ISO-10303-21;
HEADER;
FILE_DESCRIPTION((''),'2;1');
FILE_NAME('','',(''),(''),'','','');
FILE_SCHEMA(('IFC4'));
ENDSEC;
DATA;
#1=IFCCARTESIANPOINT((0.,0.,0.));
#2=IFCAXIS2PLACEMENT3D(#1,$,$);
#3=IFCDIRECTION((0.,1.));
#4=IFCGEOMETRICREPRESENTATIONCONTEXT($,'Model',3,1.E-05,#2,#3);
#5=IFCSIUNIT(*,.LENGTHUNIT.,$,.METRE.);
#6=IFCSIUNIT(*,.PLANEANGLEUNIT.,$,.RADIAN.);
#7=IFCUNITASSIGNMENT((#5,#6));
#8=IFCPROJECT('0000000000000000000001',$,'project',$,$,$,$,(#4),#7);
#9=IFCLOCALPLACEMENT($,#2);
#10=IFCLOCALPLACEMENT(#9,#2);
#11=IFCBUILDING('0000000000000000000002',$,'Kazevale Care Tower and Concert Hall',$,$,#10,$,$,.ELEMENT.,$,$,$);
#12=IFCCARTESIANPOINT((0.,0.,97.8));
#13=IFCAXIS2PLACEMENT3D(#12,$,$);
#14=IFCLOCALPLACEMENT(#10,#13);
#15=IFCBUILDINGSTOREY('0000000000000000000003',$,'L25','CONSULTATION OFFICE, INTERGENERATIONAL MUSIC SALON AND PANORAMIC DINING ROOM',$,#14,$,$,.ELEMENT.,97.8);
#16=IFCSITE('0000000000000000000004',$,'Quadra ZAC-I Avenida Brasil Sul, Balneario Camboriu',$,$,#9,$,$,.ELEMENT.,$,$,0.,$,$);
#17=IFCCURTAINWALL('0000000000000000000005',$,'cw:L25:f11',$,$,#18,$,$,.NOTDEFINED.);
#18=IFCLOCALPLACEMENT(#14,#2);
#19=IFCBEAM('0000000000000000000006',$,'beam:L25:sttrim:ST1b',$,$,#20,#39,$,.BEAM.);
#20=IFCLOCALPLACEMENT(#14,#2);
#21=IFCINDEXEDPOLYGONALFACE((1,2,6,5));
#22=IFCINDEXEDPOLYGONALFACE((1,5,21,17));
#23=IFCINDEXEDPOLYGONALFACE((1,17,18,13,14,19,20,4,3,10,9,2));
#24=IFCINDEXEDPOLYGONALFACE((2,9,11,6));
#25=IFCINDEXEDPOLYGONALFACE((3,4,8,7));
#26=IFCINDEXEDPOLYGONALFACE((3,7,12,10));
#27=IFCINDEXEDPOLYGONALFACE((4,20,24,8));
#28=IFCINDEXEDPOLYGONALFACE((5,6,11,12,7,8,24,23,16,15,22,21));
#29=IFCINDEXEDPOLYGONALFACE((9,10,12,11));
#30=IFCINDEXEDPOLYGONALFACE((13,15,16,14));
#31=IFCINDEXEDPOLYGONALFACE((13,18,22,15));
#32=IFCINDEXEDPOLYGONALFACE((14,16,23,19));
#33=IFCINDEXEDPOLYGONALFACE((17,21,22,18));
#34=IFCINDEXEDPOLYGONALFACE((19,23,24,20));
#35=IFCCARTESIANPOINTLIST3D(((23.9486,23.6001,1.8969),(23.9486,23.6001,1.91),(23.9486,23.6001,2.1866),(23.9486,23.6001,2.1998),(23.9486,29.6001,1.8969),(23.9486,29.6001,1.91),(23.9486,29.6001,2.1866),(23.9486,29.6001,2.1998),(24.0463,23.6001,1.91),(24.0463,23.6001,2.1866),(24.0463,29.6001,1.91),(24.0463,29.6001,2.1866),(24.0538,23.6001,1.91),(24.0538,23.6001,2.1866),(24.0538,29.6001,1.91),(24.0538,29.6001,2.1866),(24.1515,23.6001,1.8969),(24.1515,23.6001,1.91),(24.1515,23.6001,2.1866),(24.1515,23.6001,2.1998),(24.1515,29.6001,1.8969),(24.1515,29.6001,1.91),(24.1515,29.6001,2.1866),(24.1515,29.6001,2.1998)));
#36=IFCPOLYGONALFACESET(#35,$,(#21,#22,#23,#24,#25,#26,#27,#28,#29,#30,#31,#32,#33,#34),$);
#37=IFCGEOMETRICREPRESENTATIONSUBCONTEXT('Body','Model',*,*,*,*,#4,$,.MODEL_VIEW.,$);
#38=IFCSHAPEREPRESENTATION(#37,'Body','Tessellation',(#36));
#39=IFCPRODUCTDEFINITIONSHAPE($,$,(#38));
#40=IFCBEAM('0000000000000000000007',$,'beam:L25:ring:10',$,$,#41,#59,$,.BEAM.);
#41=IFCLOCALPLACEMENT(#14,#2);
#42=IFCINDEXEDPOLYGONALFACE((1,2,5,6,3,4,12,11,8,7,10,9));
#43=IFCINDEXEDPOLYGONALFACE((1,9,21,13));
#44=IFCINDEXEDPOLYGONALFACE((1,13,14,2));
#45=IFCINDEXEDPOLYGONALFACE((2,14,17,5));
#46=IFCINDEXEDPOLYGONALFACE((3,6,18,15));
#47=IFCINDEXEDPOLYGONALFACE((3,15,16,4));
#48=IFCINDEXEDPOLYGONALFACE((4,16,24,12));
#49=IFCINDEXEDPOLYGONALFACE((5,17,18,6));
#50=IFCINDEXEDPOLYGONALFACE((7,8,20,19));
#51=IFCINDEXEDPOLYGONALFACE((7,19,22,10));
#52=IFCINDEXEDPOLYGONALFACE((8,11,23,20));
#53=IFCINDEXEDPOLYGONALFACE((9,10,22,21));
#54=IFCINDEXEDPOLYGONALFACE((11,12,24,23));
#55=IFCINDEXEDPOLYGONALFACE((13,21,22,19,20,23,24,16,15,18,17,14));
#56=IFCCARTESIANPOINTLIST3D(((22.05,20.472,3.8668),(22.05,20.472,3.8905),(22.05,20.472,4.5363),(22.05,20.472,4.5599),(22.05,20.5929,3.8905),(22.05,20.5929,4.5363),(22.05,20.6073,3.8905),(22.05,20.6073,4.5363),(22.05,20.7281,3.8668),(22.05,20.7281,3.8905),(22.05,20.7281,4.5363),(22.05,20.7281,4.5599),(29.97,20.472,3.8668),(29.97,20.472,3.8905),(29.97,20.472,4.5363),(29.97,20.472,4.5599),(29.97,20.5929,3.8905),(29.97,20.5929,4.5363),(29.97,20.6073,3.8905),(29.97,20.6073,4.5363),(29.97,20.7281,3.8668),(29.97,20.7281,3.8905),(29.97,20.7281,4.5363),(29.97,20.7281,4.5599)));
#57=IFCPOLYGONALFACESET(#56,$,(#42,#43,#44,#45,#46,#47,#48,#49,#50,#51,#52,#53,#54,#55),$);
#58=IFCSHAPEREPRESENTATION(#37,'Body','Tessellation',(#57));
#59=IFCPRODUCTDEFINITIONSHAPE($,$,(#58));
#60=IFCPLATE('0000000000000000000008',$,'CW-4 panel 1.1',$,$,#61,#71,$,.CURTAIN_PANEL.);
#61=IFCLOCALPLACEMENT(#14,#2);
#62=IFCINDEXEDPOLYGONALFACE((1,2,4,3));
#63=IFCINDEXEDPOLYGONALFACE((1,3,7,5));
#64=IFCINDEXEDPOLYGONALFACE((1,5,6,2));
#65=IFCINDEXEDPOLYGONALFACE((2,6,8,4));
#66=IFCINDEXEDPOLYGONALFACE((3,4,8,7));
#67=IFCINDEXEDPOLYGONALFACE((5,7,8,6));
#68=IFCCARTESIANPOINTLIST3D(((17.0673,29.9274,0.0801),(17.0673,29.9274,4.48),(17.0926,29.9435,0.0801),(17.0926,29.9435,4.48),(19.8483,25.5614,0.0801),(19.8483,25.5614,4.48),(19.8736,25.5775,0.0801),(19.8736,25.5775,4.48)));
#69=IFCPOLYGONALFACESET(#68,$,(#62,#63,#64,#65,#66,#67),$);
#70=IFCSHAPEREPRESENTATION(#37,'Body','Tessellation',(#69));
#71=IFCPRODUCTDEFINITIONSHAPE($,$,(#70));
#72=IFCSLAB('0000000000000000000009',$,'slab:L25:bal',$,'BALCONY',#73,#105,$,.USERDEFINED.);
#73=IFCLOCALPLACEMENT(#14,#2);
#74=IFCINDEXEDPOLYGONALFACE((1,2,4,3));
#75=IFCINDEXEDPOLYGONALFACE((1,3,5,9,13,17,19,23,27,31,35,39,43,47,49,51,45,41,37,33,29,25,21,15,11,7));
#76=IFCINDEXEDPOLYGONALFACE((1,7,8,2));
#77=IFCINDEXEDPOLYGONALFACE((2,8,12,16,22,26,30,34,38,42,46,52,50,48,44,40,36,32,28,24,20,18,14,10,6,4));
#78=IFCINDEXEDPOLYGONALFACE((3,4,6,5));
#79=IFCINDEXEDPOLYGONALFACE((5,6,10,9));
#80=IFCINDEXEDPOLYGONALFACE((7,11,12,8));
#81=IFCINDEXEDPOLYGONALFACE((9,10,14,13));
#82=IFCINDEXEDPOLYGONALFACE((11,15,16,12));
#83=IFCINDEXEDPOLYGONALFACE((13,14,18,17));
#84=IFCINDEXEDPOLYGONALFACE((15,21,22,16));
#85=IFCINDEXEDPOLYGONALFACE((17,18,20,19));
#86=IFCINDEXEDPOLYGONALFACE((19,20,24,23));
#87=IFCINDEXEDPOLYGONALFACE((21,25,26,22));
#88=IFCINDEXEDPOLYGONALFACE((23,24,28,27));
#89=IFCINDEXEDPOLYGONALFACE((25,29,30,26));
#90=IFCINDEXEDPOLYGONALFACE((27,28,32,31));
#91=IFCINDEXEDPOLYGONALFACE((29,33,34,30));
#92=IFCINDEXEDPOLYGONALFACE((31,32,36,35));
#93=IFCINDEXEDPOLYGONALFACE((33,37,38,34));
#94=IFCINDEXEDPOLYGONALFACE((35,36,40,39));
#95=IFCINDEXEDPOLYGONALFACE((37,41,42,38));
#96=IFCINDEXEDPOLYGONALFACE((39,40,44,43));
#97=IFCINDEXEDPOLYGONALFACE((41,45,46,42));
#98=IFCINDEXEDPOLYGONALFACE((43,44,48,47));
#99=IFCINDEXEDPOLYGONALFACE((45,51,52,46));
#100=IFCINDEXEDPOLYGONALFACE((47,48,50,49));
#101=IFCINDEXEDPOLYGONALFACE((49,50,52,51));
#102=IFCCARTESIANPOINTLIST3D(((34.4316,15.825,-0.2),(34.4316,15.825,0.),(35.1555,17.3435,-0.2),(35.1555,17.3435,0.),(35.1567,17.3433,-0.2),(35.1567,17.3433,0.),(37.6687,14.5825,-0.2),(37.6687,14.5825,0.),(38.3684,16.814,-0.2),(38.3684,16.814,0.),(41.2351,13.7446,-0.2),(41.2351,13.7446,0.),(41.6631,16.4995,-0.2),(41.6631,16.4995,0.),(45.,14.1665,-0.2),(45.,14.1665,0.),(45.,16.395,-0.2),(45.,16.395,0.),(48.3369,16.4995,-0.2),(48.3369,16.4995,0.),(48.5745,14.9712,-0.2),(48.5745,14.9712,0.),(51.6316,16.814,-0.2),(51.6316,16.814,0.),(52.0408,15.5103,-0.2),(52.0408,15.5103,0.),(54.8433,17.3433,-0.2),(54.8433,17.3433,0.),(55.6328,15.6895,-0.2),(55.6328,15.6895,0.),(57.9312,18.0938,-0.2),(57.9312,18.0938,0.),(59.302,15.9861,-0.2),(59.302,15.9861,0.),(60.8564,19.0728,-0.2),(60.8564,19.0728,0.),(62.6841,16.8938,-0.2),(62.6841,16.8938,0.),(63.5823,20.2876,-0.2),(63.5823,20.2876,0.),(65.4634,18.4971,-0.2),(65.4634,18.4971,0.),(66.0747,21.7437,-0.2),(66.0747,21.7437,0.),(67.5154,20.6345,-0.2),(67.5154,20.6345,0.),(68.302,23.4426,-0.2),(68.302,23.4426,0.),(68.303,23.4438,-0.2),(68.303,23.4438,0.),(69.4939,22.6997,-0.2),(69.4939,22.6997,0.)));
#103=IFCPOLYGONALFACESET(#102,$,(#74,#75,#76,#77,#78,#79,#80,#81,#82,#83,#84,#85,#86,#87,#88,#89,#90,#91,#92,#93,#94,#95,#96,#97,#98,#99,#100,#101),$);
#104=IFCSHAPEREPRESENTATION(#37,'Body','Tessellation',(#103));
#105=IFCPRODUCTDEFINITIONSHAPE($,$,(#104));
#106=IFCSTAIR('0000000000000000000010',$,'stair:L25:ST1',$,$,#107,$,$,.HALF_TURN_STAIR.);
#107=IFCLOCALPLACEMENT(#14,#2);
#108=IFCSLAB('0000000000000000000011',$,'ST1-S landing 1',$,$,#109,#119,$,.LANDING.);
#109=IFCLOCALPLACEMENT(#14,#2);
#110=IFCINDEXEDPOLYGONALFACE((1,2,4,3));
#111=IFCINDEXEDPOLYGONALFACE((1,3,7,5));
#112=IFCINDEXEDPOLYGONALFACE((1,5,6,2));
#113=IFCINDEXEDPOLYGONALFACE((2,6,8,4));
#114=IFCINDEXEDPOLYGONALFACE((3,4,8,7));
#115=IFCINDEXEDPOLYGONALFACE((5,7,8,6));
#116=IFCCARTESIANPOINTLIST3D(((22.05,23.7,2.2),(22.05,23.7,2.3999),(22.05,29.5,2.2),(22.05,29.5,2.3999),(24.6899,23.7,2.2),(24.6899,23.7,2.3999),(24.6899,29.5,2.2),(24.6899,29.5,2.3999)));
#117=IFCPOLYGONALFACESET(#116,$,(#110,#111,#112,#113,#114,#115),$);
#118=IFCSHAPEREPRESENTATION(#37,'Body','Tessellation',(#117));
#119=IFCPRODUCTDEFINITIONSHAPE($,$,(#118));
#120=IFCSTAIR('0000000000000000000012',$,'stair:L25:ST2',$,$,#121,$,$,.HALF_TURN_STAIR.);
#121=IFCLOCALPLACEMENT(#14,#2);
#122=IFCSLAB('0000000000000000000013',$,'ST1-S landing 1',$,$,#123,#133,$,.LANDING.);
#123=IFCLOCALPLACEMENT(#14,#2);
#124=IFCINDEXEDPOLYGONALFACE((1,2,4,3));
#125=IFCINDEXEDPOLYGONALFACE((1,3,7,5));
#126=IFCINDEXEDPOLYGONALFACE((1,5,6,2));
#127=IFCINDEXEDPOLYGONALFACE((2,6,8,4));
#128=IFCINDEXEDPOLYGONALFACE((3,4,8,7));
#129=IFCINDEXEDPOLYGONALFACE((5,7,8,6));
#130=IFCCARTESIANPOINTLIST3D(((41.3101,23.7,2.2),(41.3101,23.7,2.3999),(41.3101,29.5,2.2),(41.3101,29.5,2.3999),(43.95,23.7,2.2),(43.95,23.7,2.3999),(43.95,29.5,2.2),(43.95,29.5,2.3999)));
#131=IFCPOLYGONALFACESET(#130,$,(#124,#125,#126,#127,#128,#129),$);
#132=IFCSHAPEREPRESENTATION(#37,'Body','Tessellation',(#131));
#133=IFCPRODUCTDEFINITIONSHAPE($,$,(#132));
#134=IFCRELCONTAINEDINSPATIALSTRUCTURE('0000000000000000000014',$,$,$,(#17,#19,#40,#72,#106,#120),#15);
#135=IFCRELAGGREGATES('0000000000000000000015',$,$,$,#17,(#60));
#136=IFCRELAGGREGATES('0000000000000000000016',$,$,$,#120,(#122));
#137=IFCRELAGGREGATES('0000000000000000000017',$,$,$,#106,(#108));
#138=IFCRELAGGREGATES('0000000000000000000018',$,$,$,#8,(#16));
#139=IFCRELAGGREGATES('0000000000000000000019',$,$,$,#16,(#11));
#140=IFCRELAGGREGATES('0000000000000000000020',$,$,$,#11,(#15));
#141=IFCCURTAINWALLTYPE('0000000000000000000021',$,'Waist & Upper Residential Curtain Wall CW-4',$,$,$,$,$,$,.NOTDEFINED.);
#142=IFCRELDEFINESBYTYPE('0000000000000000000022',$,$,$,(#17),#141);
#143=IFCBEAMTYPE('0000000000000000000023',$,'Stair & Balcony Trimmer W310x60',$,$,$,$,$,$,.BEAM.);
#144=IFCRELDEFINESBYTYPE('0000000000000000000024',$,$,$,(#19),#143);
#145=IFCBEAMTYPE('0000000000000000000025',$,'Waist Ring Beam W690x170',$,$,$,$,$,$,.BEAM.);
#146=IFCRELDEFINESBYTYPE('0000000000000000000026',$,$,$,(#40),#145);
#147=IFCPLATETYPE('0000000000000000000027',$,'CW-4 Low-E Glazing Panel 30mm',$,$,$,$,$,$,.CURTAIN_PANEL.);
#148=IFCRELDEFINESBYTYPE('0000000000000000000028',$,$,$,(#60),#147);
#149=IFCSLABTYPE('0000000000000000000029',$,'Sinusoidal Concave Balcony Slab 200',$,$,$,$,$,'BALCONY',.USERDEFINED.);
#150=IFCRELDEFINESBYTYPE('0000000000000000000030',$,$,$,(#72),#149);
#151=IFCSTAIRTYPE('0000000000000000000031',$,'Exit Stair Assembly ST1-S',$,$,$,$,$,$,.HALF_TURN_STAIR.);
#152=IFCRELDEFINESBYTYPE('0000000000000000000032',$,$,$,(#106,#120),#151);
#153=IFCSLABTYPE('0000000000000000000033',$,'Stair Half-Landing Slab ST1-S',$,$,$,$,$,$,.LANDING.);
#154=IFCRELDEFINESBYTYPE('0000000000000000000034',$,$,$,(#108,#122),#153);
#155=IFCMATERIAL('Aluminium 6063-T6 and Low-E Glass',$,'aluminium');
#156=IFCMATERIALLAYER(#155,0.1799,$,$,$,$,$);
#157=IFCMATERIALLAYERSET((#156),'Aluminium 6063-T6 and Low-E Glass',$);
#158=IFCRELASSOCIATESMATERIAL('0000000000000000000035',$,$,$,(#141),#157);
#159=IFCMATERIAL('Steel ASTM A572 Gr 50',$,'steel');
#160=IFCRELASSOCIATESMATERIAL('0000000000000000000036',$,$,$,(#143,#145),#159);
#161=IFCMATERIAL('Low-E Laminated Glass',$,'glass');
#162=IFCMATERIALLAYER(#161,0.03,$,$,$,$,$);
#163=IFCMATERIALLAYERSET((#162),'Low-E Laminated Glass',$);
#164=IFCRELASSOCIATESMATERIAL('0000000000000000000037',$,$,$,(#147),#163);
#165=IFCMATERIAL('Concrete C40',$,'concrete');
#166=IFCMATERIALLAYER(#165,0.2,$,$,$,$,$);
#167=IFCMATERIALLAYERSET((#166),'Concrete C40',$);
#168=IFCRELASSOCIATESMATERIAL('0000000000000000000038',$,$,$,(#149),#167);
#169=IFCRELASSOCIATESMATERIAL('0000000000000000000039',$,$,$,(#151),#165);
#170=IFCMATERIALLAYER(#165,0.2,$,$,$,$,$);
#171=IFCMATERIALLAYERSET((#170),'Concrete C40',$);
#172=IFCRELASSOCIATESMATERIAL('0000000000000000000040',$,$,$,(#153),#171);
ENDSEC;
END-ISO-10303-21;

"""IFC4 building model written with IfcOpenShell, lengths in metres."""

from ifc_helpers import new_model, si_unit, direction, frame, origin, origin_2d, place, context, subcontext, project, spatial, polyline, rectangle, i_section, outline, extrude, material, layer, layer_set, material_profile, profile_set, type_object, element, aggregate, save


model = new_model("IFC4")

# Units and contexts
model_context = context("Model", 3, precision=1e-05, world=origin(), true_north=direction((0.0, 1.0)))
body_context = subcontext(model_context, "Body", "Model", "MODEL_VIEW")
ifc_project = project(units=[si_unit("LENGTHUNIT", "METRE"), si_unit("PLANEANGLEUNIT", "RADIAN")], contexts=[model_context])

# Site, building, storey
site_placement = place(None, origin())
site = spatial("IfcSite", under=ifc_project, at=site_placement, Name="Quadra ZAC-I Avenida Brasil Sul, Balneario Camboriu", CompositionType="ELEMENT", RefElevation=0.0)
building_placement = place(site_placement, origin())
building = spatial("IfcBuilding", under=site, at=building_placement, Name="Kazevale Care Tower and Concert Hall", CompositionType="ELEMENT")
storey_placement = place(building_placement, frame((0.0, 0.0, 97.8)))
storey = spatial("IfcBuildingStorey", under=building, at=storey_placement, Name="L25", Description="CONSULTATION OFFICE, INTERGENERATIONAL MUSIC SALON AND PANORAMIC DINING ROOM", CompositionType="ELEMENT", Elevation=97.8)

# Curtain wall
ifc_material_1 = material(Name="Aluminium 6063-T6 and Low-E Glass", Category="aluminium")
ifc_layer_1 = layer(ifc_material_1, 0.1799)
ifc_layer_set_1 = layer_set([ifc_layer_1], Name="Aluminium 6063-T6 and Low-E Glass")
curtain_wall_type_1 = type_object("IfcCurtainWallType", Name="Waist & Upper Residential Curtain Wall CW-4", PredefinedType="NOTDEFINED", material=ifc_layer_set_1)
curtain_wall_1_placement = place(storey_placement, origin())
curtain_wall_1 = element("IfcCurtainWall", 1, at=curtain_wall_1_placement, inside=storey, type_object=curtain_wall_type_1, Name="cw:L25:f11", PredefinedType="NOTDEFINED")

# Beams
ifc_material_2 = material(Name="Steel ASTM A572 Gr 50", Category="steel")
ifc_material_profile_1 = material_profile(ifc_material_2, i_section(OverallWidth=0.2029, OverallDepth=0.303, WebThickness=0.0076, FlangeThickness=0.0132, at=origin_2d()), Name="W310x60")
ifc_profile_set_1 = profile_set([ifc_material_profile_1], Name="Steel ASTM A572 Gr 50")
beam_type_1 = type_object("IfcBeamType", Name="Stair & Balcony Trimmer W310x60", PredefinedType="BEAM", material=ifc_profile_set_1)
for number, where, z_axis, x_axis, name in (
    (2, (24.05, 23.6001, 2.0483), (0.0, 1.0, 0.0), (-1.0, 0.0, 0.0), "beam:L25:sttrim:ST1b"),
):
    element("IfcBeam", number, at=place(storey_placement, frame(where, z_axis=z_axis, x_axis=x_axis)), inside=storey, type_object=beam_type_1, Name=name, PredefinedType="BEAM", context=body_context, shape_type="SweptSolid", body=[
        extrude(i_section(OverallWidth=0.2029, OverallDepth=0.303, WebThickness=0.0076, FlangeThickness=0.0132, at=origin_2d()), origin(), (0.0, 0.0, 1.0), 6.0),
    ])
ifc_material_profile_2 = material_profile(ifc_material_2, i_section(OverallWidth=0.2561, OverallDepth=0.6931, WebThickness=0.0144, FlangeThickness=0.0237, at=origin_2d()), Name="W690x170")
ifc_profile_set_2 = profile_set([ifc_material_profile_2], Name="Steel ASTM A572 Gr 50")
beam_type_2 = type_object("IfcBeamType", Name="Waist Ring Beam W690x170", PredefinedType="BEAM", material=ifc_profile_set_2)
beam_1_placement = place(storey_placement, frame((22.05, 20.6001, 4.2134), z_axis=(1.0, 0.0, 0.0), x_axis=(0.0, 1.0, 0.0)))
element("IfcBeam", 3, at=beam_1_placement, inside=storey, type_object=beam_type_2, Name="beam:L25:ring:10", PredefinedType="BEAM", context=body_context, shape_type="SweptSolid", body=[
    extrude(i_section(OverallWidth=0.2561, OverallDepth=0.6931, WebThickness=0.0144, FlangeThickness=0.0237, at=origin_2d()), origin(), (0.0, 0.0, 1.0), 7.9199),
])

# Plate
ifc_material_3 = material(Name="Low-E Laminated Glass", Category="glass")
ifc_layer_2 = layer(ifc_material_3, 0.03)
ifc_layer_set_2 = layer_set([ifc_layer_2], Name="Low-E Laminated Glass")
plate_type = type_object("IfcPlateType", Name="CW-4 Low-E Glazing Panel 30mm", PredefinedType="CURTAIN_PANEL", material=ifc_layer_set_2)
plate_placement = place(storey_placement, frame((18.4705, 27.7524, 0.0801), z_axis=(0.0, 0.0, 1.0), x_axis=(-0.537239, 0.84343, 0.0)))
plate = element("IfcPlate", 4, at=plate_placement, type_object=plate_type, Name="CW-4 panel 1.1", PredefinedType="CURTAIN_PANEL", context=body_context, shape_type="SweptSolid", body=[
    extrude(rectangle(XDim=5.1765, YDim=0.03, at=origin_2d()), origin(), (0.0, 0.0, 1.0), 4.3999),
])
aggregate(curtain_wall_1, [plate])

# Slab
ifc_material_4 = material(Name="Concrete C40", Category="concrete")
ifc_layer_3 = layer(ifc_material_4, 0.2)
ifc_layer_set_3 = layer_set([ifc_layer_3], Name="Concrete C40")
slab_type_1 = type_object("IfcSlabType", Name="Sinusoidal Concave Balcony Slab 200", ElementType="BALCONY", PredefinedType="USERDEFINED", material=ifc_layer_set_3)
slab_1_placement = place(storey_placement, frame((0.0, 0.0, -0.2)))
element("IfcSlab", 5, at=slab_1_placement, inside=storey, type_object=slab_type_1, Name="slab:L25:bal", ObjectType="BALCONY", PredefinedType="USERDEFINED", context=body_context, shape_type="SweptSolid", body=[
    extrude(outline(polyline([(69.4939, 22.6997), (67.5154, 20.6345), (65.4634, 18.4971), (62.6841, 16.8938), (59.302, 15.9861), (55.6328, 15.6895), (52.0408, 15.5103), (48.5745, 14.9712), (45.0, 14.1665), (41.2351, 13.7446), (37.6687, 14.5825), (34.4316, 15.825), (35.1555, 17.3435), (35.1567, 17.3433), (38.3684, 16.814), (41.6631, 16.4995), (45.0, 16.395), (48.3369, 16.4995), (51.6316, 16.814), (54.8433, 17.3433), (57.9312, 18.0938), (60.8564, 19.0728), (63.5823, 20.2876), (66.0747, 21.7437), (68.302, 23.4426), (68.303, 23.4438), (69.4939, 22.6997)])), origin(), (0.0, 0.0, 1.0), 0.2),
])

# Stairs, slabs
stair_type = type_object("IfcStairType", Name="Exit Stair Assembly ST1-S", PredefinedType="HALF_TURN_STAIR", material=ifc_material_4)
stair_1_placement = place(storey_placement, origin())
stair_1 = element("IfcStair", 6, at=stair_1_placement, inside=storey, type_object=stair_type, Name="stair:L25:ST1", PredefinedType="HALF_TURN_STAIR")
ifc_layer_4 = layer(ifc_material_4, 0.2)
ifc_layer_set_4 = layer_set([ifc_layer_4], Name="Concrete C40")
slab_type_2 = type_object("IfcSlabType", Name="Stair Half-Landing Slab ST1-S", PredefinedType="LANDING", material=ifc_layer_set_4)
slab_2_placement = place(storey_placement, frame((0.0, 0.0, 2.2)))
slab_2 = element("IfcSlab", 7, at=slab_2_placement, type_object=slab_type_2, Name="ST1-S landing 1", PredefinedType="LANDING", context=body_context, shape_type="SweptSolid", body=[
    extrude(outline(polyline([(22.05, 23.7), (24.6899, 23.7), (24.6899, 29.5), (22.05, 29.5), (22.05, 23.7)])), origin(), (0.0, 0.0, 1.0), 0.2),
])
stair_2_placement = place(storey_placement, origin())
stair_2 = element("IfcStair", 8, at=stair_2_placement, inside=storey, type_object=stair_type, Name="stair:L25:ST2", PredefinedType="HALF_TURN_STAIR")
slab_3_placement = place(storey_placement, frame((0.0, 0.0, 2.2)))
slab_3 = element("IfcSlab", 9, at=slab_3_placement, type_object=slab_type_2, Name="ST1-S landing 1", PredefinedType="LANDING", context=body_context, shape_type="SweptSolid", body=[
    extrude(outline(polyline([(41.3101, 23.7), (43.95, 23.7), (43.95, 29.5), (41.3101, 29.5), (41.3101, 23.7)])), origin(), (0.0, 0.0, 1.0), 0.2),
])
aggregate(stair_2, [slab_3])

aggregate(stair_1, [slab_2])

save(model, "model.ifc")
